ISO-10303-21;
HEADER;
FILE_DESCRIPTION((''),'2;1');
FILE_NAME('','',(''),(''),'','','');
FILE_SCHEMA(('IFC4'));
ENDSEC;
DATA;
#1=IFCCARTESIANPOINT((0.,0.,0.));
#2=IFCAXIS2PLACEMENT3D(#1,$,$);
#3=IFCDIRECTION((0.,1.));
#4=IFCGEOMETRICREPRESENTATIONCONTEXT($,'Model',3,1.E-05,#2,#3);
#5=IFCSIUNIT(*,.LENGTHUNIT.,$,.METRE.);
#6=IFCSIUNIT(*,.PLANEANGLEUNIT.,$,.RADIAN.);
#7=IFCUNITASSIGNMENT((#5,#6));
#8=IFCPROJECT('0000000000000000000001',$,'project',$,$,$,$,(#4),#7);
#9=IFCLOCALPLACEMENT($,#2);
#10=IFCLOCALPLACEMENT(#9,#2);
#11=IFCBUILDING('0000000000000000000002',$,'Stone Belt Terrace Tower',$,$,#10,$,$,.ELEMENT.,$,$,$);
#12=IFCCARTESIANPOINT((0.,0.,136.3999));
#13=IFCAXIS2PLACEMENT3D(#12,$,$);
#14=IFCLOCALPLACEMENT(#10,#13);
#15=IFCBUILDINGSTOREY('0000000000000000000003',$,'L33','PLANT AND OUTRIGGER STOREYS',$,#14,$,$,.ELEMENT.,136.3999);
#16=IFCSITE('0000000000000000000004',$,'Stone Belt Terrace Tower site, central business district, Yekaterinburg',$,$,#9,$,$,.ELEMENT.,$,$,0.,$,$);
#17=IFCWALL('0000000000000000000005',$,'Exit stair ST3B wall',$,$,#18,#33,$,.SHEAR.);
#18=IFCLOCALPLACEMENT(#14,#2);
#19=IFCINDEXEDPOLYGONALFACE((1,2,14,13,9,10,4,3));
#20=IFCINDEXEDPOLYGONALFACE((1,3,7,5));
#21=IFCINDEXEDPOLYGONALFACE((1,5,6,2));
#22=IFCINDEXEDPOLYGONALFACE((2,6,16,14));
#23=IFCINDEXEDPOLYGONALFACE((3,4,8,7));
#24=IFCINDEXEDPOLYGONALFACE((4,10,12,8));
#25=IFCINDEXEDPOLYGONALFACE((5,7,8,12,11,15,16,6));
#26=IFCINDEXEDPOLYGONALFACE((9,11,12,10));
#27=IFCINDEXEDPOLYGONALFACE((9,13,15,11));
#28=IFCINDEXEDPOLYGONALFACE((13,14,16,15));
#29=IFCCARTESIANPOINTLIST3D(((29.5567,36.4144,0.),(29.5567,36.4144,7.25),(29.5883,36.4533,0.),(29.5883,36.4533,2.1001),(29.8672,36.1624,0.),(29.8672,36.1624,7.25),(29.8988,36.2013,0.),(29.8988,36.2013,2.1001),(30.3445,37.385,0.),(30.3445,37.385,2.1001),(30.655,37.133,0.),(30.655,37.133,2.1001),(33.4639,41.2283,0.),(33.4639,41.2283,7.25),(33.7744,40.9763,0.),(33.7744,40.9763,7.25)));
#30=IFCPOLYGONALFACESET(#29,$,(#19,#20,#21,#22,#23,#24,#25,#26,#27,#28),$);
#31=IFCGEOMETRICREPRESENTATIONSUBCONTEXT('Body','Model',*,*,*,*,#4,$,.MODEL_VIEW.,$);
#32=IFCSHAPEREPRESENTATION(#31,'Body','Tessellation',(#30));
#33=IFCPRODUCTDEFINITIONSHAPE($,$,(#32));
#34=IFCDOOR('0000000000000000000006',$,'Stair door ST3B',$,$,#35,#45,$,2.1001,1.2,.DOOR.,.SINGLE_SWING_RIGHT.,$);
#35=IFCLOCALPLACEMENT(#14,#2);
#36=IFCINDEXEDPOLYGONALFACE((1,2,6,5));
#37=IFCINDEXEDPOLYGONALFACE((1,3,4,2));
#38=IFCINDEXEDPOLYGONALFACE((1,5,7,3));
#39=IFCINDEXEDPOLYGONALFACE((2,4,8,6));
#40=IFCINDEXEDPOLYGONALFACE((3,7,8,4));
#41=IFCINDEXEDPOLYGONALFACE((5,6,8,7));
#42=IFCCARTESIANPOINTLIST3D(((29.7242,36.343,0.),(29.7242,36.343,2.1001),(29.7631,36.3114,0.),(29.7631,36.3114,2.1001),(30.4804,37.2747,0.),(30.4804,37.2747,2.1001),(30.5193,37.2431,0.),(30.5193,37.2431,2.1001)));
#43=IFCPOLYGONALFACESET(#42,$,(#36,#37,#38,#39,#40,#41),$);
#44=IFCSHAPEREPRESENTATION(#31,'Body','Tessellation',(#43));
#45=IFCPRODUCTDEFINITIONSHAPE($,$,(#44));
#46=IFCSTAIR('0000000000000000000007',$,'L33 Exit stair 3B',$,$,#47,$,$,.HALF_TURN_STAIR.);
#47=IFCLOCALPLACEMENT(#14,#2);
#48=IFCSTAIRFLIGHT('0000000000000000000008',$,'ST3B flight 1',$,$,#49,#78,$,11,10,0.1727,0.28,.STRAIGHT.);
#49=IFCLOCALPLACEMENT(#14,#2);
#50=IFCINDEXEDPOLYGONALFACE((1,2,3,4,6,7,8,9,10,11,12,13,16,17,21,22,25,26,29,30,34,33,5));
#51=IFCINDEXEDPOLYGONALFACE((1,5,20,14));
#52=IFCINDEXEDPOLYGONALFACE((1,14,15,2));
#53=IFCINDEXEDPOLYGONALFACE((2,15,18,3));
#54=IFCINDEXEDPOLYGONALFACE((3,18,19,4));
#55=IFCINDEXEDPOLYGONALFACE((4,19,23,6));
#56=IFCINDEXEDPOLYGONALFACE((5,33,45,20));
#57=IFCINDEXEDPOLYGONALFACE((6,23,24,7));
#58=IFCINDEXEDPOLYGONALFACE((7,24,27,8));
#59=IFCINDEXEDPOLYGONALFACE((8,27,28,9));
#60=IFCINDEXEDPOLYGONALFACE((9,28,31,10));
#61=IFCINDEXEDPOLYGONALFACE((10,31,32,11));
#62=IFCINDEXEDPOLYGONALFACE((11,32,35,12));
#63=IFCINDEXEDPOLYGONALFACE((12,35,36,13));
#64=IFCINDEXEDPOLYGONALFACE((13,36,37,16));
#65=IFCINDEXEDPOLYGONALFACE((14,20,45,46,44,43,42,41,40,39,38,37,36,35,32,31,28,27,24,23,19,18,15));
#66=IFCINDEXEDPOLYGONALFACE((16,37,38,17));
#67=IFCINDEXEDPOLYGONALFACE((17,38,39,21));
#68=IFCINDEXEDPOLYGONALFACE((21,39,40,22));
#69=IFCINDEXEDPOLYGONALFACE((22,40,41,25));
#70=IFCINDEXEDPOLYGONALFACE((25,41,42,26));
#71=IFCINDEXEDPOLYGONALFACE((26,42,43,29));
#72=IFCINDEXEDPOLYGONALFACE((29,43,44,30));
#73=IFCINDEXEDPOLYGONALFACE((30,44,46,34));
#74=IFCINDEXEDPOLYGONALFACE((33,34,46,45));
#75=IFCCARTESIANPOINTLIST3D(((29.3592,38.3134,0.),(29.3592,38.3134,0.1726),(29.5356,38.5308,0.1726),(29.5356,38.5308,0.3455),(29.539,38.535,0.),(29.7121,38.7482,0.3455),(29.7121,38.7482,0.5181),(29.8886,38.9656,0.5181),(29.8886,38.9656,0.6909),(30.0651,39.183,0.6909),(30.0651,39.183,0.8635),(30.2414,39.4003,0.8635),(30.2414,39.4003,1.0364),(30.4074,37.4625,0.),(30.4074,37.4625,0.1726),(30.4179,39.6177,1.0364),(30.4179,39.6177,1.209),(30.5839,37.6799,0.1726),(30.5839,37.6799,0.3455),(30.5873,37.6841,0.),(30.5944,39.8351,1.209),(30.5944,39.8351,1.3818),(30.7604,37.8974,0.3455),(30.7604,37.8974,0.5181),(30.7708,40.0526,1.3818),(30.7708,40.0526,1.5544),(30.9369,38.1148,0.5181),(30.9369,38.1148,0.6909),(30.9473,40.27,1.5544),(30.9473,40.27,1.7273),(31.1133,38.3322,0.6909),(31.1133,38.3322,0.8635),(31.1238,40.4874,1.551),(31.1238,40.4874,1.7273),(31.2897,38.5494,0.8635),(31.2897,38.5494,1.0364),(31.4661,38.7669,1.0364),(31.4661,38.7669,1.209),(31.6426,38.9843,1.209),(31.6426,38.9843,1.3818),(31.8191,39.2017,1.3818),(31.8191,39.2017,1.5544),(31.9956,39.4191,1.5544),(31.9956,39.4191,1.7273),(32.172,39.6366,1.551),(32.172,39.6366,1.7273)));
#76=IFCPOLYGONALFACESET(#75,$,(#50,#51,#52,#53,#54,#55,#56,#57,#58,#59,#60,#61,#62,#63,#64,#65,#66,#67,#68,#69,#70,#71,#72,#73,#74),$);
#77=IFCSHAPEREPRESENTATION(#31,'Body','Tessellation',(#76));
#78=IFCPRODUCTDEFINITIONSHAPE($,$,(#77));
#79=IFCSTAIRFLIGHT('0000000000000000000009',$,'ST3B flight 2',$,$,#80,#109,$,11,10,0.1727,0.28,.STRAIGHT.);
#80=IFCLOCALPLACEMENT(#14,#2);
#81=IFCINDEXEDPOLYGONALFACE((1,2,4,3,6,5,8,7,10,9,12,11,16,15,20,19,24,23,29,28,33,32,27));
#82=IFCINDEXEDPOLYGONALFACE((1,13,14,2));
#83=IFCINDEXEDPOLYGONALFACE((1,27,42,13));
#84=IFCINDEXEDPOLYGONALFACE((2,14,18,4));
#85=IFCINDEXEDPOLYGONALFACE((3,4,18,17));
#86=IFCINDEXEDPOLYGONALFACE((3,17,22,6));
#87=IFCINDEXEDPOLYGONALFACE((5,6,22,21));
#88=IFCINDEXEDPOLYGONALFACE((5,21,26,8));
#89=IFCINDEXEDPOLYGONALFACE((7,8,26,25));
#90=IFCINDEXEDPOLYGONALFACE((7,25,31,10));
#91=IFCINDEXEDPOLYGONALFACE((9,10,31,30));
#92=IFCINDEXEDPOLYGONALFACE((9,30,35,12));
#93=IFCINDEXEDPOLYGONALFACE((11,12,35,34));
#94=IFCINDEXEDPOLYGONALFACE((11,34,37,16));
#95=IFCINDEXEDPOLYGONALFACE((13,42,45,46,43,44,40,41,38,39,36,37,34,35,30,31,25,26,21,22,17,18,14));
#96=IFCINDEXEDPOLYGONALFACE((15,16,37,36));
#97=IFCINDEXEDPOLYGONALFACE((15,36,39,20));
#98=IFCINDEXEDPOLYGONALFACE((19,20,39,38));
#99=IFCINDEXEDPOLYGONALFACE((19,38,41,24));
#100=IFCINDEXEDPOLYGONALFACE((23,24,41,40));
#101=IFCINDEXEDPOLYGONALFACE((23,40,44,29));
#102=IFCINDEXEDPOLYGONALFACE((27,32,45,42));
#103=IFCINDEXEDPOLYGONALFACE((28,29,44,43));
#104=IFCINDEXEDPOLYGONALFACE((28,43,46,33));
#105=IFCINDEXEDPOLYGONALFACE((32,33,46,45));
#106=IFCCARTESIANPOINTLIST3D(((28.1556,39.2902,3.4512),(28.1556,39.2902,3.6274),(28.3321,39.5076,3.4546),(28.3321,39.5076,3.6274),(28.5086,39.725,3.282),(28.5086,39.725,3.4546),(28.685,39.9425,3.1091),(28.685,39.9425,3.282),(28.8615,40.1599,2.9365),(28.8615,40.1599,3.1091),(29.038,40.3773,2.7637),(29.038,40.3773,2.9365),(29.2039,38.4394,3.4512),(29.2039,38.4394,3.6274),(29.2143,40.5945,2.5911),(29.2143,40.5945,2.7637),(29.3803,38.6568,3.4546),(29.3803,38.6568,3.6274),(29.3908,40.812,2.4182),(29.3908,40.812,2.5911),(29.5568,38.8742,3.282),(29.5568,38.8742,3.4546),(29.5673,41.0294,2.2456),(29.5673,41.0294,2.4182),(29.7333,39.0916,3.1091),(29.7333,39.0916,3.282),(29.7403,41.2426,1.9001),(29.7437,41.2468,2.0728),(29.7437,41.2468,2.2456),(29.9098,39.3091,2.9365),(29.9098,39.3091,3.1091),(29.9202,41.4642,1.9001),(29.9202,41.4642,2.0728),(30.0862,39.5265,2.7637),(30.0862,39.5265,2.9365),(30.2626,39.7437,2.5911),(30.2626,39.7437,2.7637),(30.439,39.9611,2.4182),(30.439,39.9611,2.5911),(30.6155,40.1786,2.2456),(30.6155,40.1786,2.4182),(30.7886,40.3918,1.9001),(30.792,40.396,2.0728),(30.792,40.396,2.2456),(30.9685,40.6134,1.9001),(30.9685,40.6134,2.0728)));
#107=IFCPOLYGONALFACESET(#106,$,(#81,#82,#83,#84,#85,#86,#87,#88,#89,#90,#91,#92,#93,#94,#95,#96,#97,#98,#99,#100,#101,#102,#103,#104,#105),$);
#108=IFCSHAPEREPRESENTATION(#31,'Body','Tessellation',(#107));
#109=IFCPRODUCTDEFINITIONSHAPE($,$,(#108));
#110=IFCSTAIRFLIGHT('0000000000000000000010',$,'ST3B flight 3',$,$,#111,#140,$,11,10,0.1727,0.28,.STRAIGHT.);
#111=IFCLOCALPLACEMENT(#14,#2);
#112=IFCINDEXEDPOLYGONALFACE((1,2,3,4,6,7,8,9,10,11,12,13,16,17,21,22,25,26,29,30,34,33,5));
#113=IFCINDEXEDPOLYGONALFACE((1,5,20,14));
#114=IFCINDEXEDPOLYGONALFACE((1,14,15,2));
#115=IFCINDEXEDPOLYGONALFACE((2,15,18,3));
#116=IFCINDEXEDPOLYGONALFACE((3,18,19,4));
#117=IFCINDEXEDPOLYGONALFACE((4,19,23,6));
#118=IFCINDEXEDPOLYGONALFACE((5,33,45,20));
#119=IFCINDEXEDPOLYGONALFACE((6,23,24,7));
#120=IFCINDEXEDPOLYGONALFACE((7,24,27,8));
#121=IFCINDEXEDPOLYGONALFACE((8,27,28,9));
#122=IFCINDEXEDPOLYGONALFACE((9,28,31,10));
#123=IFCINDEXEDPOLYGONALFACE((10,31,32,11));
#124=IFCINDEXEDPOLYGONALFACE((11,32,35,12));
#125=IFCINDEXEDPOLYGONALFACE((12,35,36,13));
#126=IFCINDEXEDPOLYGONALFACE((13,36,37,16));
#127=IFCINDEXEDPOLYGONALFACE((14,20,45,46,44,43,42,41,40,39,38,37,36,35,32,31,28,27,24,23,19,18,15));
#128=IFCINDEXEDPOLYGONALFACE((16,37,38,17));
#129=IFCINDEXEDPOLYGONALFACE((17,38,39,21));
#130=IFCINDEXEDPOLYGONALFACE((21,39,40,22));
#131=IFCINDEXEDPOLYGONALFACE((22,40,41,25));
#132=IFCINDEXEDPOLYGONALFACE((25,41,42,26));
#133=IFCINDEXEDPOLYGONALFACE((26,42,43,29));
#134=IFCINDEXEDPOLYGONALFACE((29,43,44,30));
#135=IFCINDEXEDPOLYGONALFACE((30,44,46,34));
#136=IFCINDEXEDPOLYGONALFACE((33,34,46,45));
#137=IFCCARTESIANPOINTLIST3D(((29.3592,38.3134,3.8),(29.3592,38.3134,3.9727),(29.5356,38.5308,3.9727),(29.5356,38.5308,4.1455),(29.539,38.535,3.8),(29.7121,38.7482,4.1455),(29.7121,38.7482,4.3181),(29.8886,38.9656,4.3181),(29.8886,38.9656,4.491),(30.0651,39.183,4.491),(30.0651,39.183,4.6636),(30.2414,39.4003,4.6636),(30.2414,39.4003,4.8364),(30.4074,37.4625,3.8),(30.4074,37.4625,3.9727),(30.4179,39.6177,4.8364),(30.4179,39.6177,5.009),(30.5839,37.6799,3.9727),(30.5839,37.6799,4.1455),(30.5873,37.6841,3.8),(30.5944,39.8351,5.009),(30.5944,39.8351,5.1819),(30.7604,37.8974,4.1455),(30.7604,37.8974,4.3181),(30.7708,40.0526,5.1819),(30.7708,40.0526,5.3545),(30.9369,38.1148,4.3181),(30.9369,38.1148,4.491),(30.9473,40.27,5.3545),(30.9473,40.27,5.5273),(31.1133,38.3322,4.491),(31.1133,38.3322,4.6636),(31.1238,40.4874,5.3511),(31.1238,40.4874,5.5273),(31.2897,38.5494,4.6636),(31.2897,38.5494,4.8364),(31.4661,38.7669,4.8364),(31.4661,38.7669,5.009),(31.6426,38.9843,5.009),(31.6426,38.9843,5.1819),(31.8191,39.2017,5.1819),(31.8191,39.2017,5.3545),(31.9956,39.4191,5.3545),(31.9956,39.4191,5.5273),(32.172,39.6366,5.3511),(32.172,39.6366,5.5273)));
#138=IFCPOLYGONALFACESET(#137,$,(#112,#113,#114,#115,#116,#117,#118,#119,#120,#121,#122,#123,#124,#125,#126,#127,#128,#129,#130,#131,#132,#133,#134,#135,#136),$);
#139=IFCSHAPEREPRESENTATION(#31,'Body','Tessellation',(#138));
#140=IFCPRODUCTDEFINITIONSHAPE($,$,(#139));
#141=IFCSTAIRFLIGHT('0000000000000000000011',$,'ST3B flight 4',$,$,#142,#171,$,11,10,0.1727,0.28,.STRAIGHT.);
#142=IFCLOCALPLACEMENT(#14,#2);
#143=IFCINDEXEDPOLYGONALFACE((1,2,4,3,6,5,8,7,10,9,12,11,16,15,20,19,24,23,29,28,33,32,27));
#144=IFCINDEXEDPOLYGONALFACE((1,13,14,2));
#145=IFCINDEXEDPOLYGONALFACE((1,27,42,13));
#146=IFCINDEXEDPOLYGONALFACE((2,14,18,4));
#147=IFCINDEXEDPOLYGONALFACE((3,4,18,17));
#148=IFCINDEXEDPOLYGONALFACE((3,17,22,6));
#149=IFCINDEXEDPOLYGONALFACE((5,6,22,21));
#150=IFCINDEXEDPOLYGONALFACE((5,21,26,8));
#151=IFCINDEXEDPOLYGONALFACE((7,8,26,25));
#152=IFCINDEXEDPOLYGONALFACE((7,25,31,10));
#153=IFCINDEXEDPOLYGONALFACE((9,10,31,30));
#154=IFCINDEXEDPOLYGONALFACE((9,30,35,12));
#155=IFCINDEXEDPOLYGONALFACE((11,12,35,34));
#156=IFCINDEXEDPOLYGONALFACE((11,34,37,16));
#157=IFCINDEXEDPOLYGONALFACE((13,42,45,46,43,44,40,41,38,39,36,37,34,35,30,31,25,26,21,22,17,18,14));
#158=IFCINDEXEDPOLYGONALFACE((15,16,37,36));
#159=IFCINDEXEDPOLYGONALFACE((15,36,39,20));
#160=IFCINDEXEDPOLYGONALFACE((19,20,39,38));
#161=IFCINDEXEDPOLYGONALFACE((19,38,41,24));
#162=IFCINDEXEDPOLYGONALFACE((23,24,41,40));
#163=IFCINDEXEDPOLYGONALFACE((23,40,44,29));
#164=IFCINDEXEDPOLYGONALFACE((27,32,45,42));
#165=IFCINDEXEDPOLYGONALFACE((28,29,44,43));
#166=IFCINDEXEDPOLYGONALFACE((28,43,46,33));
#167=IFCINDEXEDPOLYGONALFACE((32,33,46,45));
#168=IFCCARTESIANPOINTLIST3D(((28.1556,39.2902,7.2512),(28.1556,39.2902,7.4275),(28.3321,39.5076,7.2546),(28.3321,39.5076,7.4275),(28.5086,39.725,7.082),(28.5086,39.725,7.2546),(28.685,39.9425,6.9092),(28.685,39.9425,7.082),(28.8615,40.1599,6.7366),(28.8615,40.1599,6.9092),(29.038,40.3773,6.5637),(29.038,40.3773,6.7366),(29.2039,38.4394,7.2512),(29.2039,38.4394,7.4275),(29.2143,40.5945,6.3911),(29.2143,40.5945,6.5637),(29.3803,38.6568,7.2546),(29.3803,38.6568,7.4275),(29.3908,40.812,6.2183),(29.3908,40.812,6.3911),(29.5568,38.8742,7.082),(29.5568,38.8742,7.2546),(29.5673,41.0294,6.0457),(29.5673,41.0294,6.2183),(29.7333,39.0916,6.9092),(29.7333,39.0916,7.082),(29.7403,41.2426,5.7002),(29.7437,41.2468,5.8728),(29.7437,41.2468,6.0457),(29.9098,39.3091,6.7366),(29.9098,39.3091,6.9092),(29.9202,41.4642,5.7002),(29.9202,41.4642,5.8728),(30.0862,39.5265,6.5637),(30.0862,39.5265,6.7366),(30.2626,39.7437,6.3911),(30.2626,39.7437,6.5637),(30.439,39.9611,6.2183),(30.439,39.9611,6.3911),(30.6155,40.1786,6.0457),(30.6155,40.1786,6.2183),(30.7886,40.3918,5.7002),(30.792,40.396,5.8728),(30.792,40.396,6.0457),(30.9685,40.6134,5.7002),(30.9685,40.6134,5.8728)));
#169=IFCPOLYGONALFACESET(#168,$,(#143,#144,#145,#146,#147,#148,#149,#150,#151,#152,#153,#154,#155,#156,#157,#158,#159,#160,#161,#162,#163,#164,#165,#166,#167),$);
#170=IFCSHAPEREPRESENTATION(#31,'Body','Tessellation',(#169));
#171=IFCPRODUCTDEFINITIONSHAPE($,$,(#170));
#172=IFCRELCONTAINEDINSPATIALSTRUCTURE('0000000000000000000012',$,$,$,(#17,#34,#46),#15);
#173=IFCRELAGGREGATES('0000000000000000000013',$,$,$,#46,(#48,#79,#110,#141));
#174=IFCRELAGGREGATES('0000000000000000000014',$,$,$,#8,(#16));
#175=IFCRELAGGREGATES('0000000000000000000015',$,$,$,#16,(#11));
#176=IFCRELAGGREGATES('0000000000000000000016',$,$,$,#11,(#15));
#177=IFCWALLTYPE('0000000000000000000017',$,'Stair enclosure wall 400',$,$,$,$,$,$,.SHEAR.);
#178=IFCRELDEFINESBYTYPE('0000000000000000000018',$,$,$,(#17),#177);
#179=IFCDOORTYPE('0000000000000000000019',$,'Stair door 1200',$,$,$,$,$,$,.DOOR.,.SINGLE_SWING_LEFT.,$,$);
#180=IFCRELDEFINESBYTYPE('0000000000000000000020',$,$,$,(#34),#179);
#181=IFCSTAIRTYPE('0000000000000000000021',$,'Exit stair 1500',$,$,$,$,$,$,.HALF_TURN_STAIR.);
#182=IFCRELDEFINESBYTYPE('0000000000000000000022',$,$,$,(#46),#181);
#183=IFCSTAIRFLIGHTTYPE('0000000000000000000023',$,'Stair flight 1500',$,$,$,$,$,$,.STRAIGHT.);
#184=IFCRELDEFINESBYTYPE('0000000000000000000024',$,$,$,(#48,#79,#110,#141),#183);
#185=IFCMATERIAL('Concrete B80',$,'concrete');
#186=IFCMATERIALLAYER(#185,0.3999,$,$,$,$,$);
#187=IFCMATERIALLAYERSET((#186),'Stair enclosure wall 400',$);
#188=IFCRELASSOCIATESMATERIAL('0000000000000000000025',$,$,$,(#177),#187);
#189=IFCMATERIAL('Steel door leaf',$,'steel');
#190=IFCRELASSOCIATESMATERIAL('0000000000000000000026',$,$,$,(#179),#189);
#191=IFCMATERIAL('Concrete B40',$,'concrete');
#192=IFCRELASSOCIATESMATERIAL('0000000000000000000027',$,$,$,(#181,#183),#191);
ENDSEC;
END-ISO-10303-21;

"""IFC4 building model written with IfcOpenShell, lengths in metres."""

from ifc_helpers import new_model, si_unit, direction, frame, frame_2d, origin, place, context, subcontext, project, spatial, polyline, rectangle, outline, extrude, material, layer, layer_set, type_object, element, fill, aggregate, save


model = new_model("IFC4")

# Units and contexts
model_context = context("Model", 3, precision=1e-05, world=origin(), true_north=direction((0.0, 1.0)))
body_context = subcontext(model_context, "Body", "Model", "MODEL_VIEW")
ifc_project = project(units=[si_unit("LENGTHUNIT", "METRE"), si_unit("PLANEANGLEUNIT", "RADIAN")], contexts=[model_context])

# Site, building, storey
site_placement = place(None, origin())
site = spatial("IfcSite", under=ifc_project, at=site_placement, Name="Stone Belt Terrace Tower site, central business district, Yekaterinburg", CompositionType="ELEMENT", RefElevation=0.0)
building_placement = place(site_placement, origin())
building = spatial("IfcBuilding", under=site, at=building_placement, Name="Stone Belt Terrace Tower", CompositionType="ELEMENT")
storey_placement = place(building_placement, frame((0.0, 0.0, 136.3999)))
storey = spatial("IfcBuildingStorey", under=building, at=storey_placement, Name="L33", Description="PLANT AND OUTRIGGER STOREYS", CompositionType="ELEMENT", Elevation=136.3999)

# Shared definitions
ifc_material_1 = material(Name="Concrete B80", Category="concrete")

# Shared definitions
ifc_layer_1 = layer(ifc_material_1, 0.3999)
ifc_layer_set_1 = layer_set([ifc_layer_1], Name="Stair enclosure wall 400")
wall_type_1 = type_object("IfcWallType", Name="Stair enclosure wall 400", PredefinedType="SHEAR", material=ifc_layer_set_1)

# Wall, opening, door
wall_1_placement = place(storey_placement, frame((29.7119, 36.2883, 0.0), z_axis=(0.0, 0.0, 1.0), x_axis=(0.630192, 0.776439, 0.0)))
wall_1 = element("IfcWall", 1, at=wall_1_placement, inside=storey, type_object=wall_type_1, Name="Exit stair ST3B wall", PredefinedType="SHEAR", context=body_context, shape_type="SweptSolid", body=[
    extrude(rectangle(XDim=6.2, YDim=0.3999, at=frame_2d((3.1001, 0.0))), origin(), (0.0, 0.0, 1.0), 7.25),
])
opening_1_placement = place(wall_1_placement, frame((0.05, 0.0, 0.0)))
opening_1 = element("IfcOpeningElement", 2, at=opening_1_placement, cuts=wall_1, PredefinedType="OPENING", context=body_context, shape_type="SweptSolid", body=[
    extrude(rectangle(XDim=1.2, YDim=2.1001, at=frame_2d((0.6001, 1.05))), frame((0.0, 0.21, 0.0), z_axis=(0.0, -1.0, 0.0), x_axis=(1.0, 0.0, 0.0)), (0.0, 0.0, 1.0), 0.4199),
])
ifc_material_2 = material(Name="Steel door leaf", Category="steel")
door_type_1 = type_object("IfcDoorType", Name="Stair door 1200", OperationType="SINGLE_SWING_LEFT", PredefinedType="DOOR", material=ifc_material_2)
door_1_placement = place(opening_1_placement, origin())
door_1 = element("IfcDoor", 3, at=door_1_placement, inside=storey, type_object=door_type_1, Name="Stair door ST3B", OperationType="SINGLE_SWING_RIGHT", OverallHeight=2.1001, OverallWidth=1.2, PredefinedType="DOOR", context=body_context, shape_type="SweptSolid", body=[
    extrude(rectangle(XDim=1.2, YDim=2.1001, at=frame_2d((0.6001, 1.05))), frame((0.0, 0.0249, 0.0), z_axis=(0.0, -1.0, 0.0), x_axis=(1.0, 0.0, 0.0)), (0.0, 0.0, 1.0), 0.05),
])
fill(opening_1, door_1)

# Stair, stair flights
ifc_material_3 = material(Name="Concrete B40", Category="concrete")
stair_type = type_object("IfcStairType", Name="Exit stair 1500", PredefinedType="HALF_TURN_STAIR", material=ifc_material_3)
stair_placement = place(storey_placement, origin())
stair = element("IfcStair", 4, at=stair_placement, inside=storey, type_object=stair_type, Name="L33 Exit stair 3B", PredefinedType="HALF_TURN_STAIR")
stair_flight_type = type_object("IfcStairFlightType", Name="Stair flight 1500", PredefinedType="STRAIGHT", material=ifc_material_3)
stair_flight_1_placement = place(storey_placement, frame((29.8833, 37.8879, 0.0), z_axis=(0.0, 0.0, 1.0), x_axis=(0.630206, 0.776428, 0.0)))
stair_flight_1 = element("IfcStairFlight", 5, at=stair_flight_1_placement, type_object=stair_flight_type, Name="ST3B flight 1", NumberOfRisers=11, NumberOfTreads=10, PredefinedType="STRAIGHT", RiserHeight=0.1727, TreadLength=0.28, context=body_context, shape_type="SweptSolid", body=[
    extrude(outline(polyline([(0.0, 0.0), (0.0, 0.1726), (0.28, 0.1726), (0.28, 0.3455), (0.5601, 0.3455), (0.5601, 0.5181), (0.8401, 0.5181), (0.8401, 0.6909), (1.1201, 0.6909), (1.1201, 0.8635), (1.3999, 0.8635), (1.3999, 1.0364), (1.6799, 1.0364), (1.6799, 1.209), (1.96, 1.209), (1.96, 1.3818), (2.24, 1.3818), (2.24, 1.5544), (2.52, 1.5544), (2.52, 1.7273), (2.8, 1.7273), (2.8, 1.8999), (2.8, 1.551), (0.2854, 0.0), (0.0, 0.0)])), frame((0.0, 0.675, 0.0), z_axis=(0.0, -1.0, 0.0), x_axis=(1.0, 0.0, 0.0)), (0.0, 0.0, 1.0), 1.3501),
])
stair_flight_2_placement = place(storey_placement, frame((30.4443, 41.0388, 1.9001), z_axis=(0.0, 0.0, 1.0), x_axis=(-0.630206, -0.776428, 0.0)))
stair_flight_2 = element("IfcStairFlight", 6, at=stair_flight_2_placement, type_object=stair_flight_type, Name="ST3B flight 2", NumberOfRisers=11, NumberOfTreads=10, PredefinedType="STRAIGHT", RiserHeight=0.1727, TreadLength=0.28, context=body_context, shape_type="SweptSolid", body=[
    extrude(outline(polyline([(0.0, 0.0), (0.0, 0.1726), (0.28, 0.1726), (0.28, 0.3455), (0.5601, 0.3455), (0.5601, 0.5181), (0.8401, 0.5181), (0.8401, 0.6909), (1.1201, 0.6909), (1.1201, 0.8635), (1.3999, 0.8635), (1.3999, 1.0364), (1.6799, 1.0364), (1.6799, 1.209), (1.96, 1.209), (1.96, 1.3818), (2.24, 1.3818), (2.24, 1.5544), (2.52, 1.5544), (2.52, 1.7273), (2.8, 1.7273), (2.8, 1.8999), (2.8, 1.551), (0.2854, 0.0), (0.0, 0.0)])), frame((0.0, 0.675, 0.0), z_axis=(0.0, -1.0, 0.0), x_axis=(1.0, 0.0, 0.0)), (0.0, 0.0, 1.0), 1.3501),
])
stair_flight_3_placement = place(storey_placement, frame((29.8833, 37.8879, 3.8), z_axis=(0.0, 0.0, 1.0), x_axis=(0.630206, 0.776428, 0.0)))
stair_flight_3 = element("IfcStairFlight", 7, at=stair_flight_3_placement, type_object=stair_flight_type, Name="ST3B flight 3", NumberOfRisers=11, NumberOfTreads=10, PredefinedType="STRAIGHT", RiserHeight=0.1727, TreadLength=0.28, context=body_context, shape_type="SweptSolid", body=[
    extrude(outline(polyline([(0.0, 0.0), (0.0, 0.1726), (0.28, 0.1726), (0.28, 0.3455), (0.5601, 0.3455), (0.5601, 0.5181), (0.8401, 0.5181), (0.8401, 0.6909), (1.1201, 0.6909), (1.1201, 0.8635), (1.3999, 0.8635), (1.3999, 1.0364), (1.6799, 1.0364), (1.6799, 1.209), (1.96, 1.209), (1.96, 1.3818), (2.24, 1.3818), (2.24, 1.5544), (2.52, 1.5544), (2.52, 1.7273), (2.8, 1.7273), (2.8, 1.8999), (2.8, 1.551), (0.2854, 0.0), (0.0, 0.0)])), frame((0.0, 0.675, 0.0), z_axis=(0.0, -1.0, 0.0), x_axis=(1.0, 0.0, 0.0)), (0.0, 0.0, 1.0), 1.3501),
])
stair_flight_4_placement = place(storey_placement, frame((30.4443, 41.0388, 5.7002), z_axis=(0.0, 0.0, 1.0), x_axis=(-0.630206, -0.776428, 0.0)))
stair_flight_4 = element("IfcStairFlight", 8, at=stair_flight_4_placement, type_object=stair_flight_type, Name="ST3B flight 4", NumberOfRisers=11, NumberOfTreads=10, PredefinedType="STRAIGHT", RiserHeight=0.1727, TreadLength=0.28, context=body_context, shape_type="SweptSolid", body=[
    extrude(outline(polyline([(0.0, 0.0), (0.0, 0.1726), (0.28, 0.1726), (0.28, 0.3455), (0.5601, 0.3455), (0.5601, 0.5181), (0.8401, 0.5181), (0.8401, 0.6909), (1.1201, 0.6909), (1.1201, 0.8635), (1.3999, 0.8635), (1.3999, 1.0364), (1.6799, 1.0364), (1.6799, 1.209), (1.96, 1.209), (1.96, 1.3818), (2.24, 1.3818), (2.24, 1.5544), (2.52, 1.5544), (2.52, 1.7273), (2.8, 1.7273), (2.8, 1.8999), (2.8, 1.551), (0.2854, 0.0), (0.0, 0.0)])), frame((0.0, 0.675, 0.0), z_axis=(0.0, -1.0, 0.0), x_axis=(1.0, 0.0, 0.0)), (0.0, 0.0, 1.0), 1.3501),
])
aggregate(stair, [stair_flight_1, stair_flight_2, stair_flight_3, stair_flight_4])

save(model, "model.ifc")
